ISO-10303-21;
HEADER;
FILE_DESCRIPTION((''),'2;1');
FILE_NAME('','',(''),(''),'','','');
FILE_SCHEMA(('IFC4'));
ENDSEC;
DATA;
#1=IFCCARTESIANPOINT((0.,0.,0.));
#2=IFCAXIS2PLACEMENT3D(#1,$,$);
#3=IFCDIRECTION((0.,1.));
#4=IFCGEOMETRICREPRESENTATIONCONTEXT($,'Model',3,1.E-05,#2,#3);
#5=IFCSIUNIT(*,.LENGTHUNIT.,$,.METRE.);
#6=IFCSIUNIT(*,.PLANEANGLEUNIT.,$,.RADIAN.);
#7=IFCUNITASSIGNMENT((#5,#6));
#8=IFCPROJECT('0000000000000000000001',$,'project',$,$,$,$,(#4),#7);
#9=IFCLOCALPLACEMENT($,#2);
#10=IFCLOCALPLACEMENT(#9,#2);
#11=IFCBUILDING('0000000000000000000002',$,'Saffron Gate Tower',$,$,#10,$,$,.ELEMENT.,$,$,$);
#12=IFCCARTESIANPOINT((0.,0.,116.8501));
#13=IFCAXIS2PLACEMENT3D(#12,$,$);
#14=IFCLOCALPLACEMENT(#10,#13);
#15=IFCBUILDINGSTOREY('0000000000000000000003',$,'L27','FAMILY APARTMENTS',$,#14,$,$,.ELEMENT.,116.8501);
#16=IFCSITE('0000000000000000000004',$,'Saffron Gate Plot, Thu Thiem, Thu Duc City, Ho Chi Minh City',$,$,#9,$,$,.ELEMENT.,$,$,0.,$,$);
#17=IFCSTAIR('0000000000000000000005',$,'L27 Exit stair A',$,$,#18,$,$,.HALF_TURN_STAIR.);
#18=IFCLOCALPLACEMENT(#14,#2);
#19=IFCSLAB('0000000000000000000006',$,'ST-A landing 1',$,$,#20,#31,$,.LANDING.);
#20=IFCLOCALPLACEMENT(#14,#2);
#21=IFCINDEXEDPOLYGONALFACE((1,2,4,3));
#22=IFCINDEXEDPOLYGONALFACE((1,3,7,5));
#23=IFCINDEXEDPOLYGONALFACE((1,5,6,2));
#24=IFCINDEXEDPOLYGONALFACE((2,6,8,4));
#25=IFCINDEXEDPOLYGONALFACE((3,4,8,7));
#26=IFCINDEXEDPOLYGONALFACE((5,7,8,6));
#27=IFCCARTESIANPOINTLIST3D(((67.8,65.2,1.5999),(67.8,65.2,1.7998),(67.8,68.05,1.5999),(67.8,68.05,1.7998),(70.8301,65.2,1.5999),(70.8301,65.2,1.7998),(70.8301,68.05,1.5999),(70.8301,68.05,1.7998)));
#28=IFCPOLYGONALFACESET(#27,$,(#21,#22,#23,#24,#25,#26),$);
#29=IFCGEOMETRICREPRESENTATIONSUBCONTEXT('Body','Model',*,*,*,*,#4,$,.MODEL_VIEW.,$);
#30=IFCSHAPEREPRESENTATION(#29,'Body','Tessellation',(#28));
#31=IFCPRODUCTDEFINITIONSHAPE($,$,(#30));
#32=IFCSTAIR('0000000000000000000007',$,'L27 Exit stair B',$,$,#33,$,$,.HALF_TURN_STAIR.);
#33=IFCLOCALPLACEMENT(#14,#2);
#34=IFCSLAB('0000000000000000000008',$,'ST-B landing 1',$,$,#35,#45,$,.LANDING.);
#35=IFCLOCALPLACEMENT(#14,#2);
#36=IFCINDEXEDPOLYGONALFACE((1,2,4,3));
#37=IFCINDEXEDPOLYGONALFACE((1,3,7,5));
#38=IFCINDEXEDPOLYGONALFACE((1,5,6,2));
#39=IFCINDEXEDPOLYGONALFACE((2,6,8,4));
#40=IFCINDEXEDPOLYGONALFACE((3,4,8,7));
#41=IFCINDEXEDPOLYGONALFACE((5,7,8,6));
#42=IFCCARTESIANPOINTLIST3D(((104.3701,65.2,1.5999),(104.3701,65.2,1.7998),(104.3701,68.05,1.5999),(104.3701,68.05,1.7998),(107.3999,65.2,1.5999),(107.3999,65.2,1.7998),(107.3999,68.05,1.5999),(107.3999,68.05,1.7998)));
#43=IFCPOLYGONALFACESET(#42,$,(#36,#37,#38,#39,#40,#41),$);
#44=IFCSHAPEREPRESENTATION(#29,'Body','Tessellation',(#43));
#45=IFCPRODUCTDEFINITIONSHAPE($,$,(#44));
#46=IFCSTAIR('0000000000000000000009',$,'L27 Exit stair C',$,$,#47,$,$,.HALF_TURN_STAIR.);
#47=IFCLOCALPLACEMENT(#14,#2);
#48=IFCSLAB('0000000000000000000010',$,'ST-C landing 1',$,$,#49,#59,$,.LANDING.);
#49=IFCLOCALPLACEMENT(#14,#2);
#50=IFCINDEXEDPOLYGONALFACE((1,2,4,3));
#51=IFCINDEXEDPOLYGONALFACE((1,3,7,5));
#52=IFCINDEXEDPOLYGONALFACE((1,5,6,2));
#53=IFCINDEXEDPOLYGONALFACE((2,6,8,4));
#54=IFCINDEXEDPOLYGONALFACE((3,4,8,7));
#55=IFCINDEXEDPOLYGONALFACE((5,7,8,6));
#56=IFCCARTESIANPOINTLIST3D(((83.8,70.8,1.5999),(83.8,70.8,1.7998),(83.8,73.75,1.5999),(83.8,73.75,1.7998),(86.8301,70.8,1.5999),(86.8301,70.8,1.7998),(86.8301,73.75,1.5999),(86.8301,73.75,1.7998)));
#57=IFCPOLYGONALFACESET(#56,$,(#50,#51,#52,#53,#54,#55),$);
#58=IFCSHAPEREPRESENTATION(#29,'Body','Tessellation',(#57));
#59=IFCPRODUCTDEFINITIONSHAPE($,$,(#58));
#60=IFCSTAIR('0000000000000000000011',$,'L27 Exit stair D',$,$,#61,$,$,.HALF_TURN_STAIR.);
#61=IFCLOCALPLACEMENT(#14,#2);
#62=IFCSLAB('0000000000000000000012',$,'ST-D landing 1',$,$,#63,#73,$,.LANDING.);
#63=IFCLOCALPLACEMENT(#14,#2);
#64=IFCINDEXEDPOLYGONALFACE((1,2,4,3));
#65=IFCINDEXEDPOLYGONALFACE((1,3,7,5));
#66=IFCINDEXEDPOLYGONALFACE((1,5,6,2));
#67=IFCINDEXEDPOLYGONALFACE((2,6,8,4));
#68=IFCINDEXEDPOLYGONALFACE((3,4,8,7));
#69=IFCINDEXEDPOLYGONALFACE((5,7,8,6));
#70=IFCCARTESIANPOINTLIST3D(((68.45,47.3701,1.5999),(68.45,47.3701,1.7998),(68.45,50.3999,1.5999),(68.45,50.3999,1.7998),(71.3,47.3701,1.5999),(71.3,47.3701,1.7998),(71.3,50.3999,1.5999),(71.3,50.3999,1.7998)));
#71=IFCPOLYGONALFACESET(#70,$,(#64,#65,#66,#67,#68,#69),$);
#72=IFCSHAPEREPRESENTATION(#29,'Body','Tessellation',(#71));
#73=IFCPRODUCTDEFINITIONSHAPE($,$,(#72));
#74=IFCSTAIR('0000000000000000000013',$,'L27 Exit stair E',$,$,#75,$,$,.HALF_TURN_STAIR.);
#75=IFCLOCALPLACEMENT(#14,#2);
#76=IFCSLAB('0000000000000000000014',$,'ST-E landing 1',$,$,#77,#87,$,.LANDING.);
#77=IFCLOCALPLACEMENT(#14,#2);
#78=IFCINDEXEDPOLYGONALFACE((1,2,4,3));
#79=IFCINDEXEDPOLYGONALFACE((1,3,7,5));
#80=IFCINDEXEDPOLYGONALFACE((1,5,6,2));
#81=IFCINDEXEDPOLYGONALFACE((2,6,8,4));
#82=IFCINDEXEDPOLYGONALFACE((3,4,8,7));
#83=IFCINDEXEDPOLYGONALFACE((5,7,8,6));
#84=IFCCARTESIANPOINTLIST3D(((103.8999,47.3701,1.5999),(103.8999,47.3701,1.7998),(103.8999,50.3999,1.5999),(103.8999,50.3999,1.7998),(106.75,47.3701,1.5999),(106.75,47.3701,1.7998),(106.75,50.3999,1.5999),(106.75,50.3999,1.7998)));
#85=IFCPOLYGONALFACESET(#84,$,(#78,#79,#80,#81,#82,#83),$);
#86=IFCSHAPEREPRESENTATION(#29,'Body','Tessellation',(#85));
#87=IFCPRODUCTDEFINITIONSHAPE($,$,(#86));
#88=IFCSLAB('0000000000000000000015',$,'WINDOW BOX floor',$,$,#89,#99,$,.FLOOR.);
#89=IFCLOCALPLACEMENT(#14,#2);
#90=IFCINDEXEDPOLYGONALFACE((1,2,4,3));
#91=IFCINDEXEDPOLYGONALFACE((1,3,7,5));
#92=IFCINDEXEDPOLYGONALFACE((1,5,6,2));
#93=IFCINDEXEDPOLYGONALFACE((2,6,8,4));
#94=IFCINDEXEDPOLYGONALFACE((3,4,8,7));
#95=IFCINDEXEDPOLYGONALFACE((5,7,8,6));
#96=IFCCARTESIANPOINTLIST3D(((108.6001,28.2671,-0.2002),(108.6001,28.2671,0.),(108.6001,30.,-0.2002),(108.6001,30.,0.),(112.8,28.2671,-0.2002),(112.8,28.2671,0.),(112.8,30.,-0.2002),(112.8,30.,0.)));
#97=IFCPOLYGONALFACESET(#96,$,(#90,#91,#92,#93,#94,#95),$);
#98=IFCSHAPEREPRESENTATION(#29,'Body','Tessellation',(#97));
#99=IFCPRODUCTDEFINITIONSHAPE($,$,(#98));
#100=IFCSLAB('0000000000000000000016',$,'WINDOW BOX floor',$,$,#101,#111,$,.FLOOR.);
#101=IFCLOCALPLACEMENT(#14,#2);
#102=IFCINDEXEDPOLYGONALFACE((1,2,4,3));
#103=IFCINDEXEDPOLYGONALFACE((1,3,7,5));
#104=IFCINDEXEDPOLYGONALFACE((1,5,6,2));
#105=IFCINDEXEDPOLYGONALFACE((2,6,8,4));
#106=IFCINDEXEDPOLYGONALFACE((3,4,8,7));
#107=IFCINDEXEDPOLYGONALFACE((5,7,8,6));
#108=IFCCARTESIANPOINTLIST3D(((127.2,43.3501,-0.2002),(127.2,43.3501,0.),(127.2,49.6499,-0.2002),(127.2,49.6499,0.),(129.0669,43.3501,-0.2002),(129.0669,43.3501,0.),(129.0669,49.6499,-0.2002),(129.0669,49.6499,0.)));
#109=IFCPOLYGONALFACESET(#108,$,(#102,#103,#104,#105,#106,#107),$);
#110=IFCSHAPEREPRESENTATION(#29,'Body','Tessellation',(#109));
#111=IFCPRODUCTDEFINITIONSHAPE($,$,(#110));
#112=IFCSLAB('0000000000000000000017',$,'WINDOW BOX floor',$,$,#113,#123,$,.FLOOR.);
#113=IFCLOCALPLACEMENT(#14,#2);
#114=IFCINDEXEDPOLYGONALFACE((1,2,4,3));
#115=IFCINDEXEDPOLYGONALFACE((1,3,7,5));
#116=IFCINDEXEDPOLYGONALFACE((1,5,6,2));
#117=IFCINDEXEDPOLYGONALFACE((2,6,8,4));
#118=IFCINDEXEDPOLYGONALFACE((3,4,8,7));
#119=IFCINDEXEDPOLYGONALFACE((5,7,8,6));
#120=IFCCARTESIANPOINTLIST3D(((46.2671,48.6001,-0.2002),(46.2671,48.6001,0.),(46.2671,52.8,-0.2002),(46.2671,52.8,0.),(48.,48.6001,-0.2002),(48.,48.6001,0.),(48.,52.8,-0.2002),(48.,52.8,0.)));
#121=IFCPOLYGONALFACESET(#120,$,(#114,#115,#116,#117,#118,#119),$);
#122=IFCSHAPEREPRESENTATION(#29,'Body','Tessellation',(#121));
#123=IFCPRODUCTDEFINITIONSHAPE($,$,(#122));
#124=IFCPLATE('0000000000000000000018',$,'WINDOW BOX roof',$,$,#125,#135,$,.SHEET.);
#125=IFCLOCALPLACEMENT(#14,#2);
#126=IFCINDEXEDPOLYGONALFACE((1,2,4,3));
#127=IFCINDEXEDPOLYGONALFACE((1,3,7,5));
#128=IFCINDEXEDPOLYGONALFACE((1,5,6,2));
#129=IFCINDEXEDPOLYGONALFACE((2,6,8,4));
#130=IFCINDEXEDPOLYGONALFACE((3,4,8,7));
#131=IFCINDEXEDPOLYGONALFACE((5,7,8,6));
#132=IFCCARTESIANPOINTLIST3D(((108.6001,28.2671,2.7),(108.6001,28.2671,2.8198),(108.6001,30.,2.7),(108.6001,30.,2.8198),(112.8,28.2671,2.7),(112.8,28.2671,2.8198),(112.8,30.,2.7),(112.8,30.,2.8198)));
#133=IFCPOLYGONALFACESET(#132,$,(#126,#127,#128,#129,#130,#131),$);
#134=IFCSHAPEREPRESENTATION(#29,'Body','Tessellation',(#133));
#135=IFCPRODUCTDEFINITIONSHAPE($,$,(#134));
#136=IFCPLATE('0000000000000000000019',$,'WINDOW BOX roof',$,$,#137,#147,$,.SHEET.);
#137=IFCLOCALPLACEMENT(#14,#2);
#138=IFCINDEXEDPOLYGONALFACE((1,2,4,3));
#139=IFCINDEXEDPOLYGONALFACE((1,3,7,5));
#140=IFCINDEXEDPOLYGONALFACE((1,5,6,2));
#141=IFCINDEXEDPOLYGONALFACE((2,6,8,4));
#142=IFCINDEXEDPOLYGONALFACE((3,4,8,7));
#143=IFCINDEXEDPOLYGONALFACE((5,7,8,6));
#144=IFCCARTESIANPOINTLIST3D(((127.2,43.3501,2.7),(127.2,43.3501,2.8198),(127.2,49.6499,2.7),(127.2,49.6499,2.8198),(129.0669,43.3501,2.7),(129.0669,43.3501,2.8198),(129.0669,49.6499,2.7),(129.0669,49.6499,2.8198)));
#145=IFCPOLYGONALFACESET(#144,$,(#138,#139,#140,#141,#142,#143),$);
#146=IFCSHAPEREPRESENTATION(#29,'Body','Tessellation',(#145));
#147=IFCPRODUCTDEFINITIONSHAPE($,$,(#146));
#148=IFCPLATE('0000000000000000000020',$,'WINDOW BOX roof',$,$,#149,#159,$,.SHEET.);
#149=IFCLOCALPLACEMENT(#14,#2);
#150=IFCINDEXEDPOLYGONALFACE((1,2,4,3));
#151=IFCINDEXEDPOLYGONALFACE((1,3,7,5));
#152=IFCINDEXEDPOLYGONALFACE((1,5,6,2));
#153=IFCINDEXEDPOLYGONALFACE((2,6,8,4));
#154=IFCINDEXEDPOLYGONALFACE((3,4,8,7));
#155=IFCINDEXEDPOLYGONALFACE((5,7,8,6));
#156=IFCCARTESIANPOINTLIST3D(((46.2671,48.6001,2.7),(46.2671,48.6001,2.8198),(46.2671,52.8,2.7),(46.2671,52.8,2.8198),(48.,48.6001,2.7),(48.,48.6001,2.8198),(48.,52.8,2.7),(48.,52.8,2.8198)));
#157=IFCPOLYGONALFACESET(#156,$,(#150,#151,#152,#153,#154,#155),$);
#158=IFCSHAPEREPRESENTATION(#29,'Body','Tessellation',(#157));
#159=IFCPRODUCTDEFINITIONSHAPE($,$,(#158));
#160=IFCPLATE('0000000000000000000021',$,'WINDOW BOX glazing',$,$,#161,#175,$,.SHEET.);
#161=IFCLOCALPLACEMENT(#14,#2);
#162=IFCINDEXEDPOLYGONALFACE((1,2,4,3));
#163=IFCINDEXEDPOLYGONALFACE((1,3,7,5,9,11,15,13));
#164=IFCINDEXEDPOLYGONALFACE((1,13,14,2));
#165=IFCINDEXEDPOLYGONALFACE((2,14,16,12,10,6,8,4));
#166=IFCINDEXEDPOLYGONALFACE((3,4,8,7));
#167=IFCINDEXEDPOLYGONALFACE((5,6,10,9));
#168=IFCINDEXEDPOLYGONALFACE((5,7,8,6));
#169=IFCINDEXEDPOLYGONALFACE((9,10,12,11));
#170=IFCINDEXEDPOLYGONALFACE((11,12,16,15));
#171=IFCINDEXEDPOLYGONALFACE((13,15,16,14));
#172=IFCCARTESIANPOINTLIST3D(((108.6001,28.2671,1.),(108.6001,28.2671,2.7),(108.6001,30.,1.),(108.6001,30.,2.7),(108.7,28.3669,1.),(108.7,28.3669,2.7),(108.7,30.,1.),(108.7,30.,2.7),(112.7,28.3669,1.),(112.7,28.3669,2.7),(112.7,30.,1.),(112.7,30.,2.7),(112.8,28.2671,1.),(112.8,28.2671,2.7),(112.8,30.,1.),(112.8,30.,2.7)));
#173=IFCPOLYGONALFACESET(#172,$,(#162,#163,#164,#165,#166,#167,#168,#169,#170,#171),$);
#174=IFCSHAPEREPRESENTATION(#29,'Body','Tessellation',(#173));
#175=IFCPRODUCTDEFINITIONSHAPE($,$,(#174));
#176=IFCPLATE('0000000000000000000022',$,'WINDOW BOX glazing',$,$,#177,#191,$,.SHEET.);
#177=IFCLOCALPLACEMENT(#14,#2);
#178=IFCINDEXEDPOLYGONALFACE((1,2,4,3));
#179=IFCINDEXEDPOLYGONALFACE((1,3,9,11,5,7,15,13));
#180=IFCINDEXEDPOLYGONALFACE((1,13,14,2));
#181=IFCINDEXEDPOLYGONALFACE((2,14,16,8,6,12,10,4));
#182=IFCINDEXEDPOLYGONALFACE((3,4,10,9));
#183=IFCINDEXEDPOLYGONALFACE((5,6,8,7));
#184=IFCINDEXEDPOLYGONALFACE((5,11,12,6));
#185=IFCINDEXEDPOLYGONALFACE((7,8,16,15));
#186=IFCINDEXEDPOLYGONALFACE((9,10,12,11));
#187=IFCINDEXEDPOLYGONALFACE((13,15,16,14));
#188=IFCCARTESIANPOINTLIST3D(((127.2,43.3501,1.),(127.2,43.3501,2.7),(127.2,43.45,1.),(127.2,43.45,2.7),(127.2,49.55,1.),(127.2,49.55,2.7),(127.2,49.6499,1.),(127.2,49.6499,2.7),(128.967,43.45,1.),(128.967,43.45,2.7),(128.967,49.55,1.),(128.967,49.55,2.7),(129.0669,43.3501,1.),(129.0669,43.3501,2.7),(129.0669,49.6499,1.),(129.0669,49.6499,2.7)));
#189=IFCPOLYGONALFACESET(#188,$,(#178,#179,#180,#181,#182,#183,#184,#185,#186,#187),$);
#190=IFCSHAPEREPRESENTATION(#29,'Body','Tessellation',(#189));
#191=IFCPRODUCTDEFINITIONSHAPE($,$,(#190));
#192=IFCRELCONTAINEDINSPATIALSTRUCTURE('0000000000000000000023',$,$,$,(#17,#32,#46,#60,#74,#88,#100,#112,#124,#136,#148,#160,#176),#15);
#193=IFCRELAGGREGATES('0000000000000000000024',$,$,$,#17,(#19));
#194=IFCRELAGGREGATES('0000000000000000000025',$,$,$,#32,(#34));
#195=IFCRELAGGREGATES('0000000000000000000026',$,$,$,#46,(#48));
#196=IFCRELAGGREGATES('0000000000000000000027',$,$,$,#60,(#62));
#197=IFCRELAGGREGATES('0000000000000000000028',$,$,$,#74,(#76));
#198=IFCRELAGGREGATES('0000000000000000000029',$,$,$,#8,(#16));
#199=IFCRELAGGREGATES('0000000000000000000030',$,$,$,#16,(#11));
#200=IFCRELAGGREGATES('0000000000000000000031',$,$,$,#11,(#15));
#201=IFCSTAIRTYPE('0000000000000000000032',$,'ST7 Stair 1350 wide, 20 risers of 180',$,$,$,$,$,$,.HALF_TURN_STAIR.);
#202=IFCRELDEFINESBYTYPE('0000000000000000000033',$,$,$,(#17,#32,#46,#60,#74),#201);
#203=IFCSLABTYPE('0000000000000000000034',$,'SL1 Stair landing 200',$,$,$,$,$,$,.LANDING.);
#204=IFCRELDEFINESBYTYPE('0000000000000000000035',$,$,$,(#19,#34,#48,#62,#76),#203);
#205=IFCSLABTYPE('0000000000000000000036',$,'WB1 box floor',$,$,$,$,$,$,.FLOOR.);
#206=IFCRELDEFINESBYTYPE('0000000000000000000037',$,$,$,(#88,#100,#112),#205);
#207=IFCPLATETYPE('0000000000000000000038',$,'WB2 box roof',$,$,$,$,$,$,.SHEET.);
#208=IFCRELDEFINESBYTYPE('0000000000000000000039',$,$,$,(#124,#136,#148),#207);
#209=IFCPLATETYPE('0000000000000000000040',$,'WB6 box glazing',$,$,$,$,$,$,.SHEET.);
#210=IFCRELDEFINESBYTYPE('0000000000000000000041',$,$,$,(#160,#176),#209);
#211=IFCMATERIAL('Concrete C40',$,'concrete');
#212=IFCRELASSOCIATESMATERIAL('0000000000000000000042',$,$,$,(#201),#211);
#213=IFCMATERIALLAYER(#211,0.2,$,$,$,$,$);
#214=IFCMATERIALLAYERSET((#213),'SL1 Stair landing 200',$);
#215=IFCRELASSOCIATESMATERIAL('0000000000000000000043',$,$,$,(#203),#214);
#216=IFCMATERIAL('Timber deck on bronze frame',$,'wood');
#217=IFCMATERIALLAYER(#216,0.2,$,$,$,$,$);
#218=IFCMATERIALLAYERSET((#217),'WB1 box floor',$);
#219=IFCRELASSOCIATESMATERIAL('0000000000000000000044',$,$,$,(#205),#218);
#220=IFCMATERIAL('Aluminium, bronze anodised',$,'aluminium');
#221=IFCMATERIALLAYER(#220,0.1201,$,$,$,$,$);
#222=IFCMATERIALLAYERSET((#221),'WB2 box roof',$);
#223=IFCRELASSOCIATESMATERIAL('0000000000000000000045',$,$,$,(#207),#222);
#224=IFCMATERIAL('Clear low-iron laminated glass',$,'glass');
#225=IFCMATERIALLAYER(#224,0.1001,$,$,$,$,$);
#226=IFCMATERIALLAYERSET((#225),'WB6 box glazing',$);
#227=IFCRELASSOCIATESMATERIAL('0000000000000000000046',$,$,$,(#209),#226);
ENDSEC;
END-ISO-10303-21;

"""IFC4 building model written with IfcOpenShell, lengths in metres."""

from ifc_helpers import new_model, si_unit, direction, frame, origin, place, context, subcontext, project, spatial, polyline, outline, extrude, material, layer, layer_set, type_object, element, aggregate, save


model = new_model("IFC4")

# Units and contexts
model_context = context("Model", 3, precision=1e-05, world=origin(), true_north=direction((0.0, 1.0)))
body_context = subcontext(model_context, "Body", "Model", "MODEL_VIEW")
ifc_project = project(units=[si_unit("LENGTHUNIT", "METRE"), si_unit("PLANEANGLEUNIT", "RADIAN")], contexts=[model_context])

# Site, building, storey
site_placement = place(None, origin())
site = spatial("IfcSite", under=ifc_project, at=site_placement, Name="Saffron Gate Plot, Thu Thiem, Thu Duc City, Ho Chi Minh City", CompositionType="ELEMENT", RefElevation=0.0)
building_placement = place(site_placement, origin())
building = spatial("IfcBuilding", under=site, at=building_placement, Name="Saffron Gate Tower", CompositionType="ELEMENT")
storey_placement = place(building_placement, frame((0.0, 0.0, 116.8501)))
storey = spatial("IfcBuildingStorey", under=building, at=storey_placement, Name="L27", Description="FAMILY APARTMENTS", CompositionType="ELEMENT", Elevation=116.8501)

# Shared definitions
ifc_material_1 = material(Name="Aluminium, bronze anodised", Category="aluminium")

# Shared definitions
ifc_material_2 = material(Name="Concrete C40", Category="concrete")

# Stairs, slabs
stair_type = type_object("IfcStairType", Name="ST7 Stair 1350 wide, 20 risers of 180", PredefinedType="HALF_TURN_STAIR", material=ifc_material_2)
stair_1_placement = place(storey_placement, origin())
stair_1 = element("IfcStair", 1, at=stair_1_placement, inside=storey, type_object=stair_type, Name="L27 Exit stair A", PredefinedType="HALF_TURN_STAIR")
ifc_layer_1 = layer(ifc_material_2, 0.2)
ifc_layer_set_1 = layer_set([ifc_layer_1], Name="SL1 Stair landing 200")
slab_type_1 = type_object("IfcSlabType", Name="SL1 Stair landing 200", PredefinedType="LANDING", material=ifc_layer_set_1)
slab_1_placement = place(storey_placement, frame((0.0, 0.0, 1.5999)))
slab_1 = element("IfcSlab", 2, at=slab_1_placement, type_object=slab_type_1, Name="ST-A landing 1", PredefinedType="LANDING", context=body_context, shape_type="SweptSolid", body=[
    extrude(outline(polyline([(70.8301, 68.05), (67.8, 68.05), (67.8, 65.2), (70.8301, 65.2), (70.8301, 68.05)])), origin(), (0.0, 0.0, 1.0), 0.2),
])
aggregate(stair_1, [slab_1])
stair_2_placement = place(storey_placement, origin())
stair_2 = element("IfcStair", 3, at=stair_2_placement, inside=storey, type_object=stair_type, Name="L27 Exit stair B", PredefinedType="HALF_TURN_STAIR")
slab_2_placement = place(storey_placement, frame((0.0, 0.0, 1.5999)))
slab_2 = element("IfcSlab", 4, at=slab_2_placement, type_object=slab_type_1, Name="ST-B landing 1", PredefinedType="LANDING", context=body_context, shape_type="SweptSolid", body=[
    extrude(outline(polyline([(104.3701, 65.2), (107.3999, 65.2), (107.3999, 68.05), (104.3701, 68.05), (104.3701, 65.2)])), origin(), (0.0, 0.0, 1.0), 0.2),
])
aggregate(stair_2, [slab_2])
stair_3_placement = place(storey_placement, origin())
stair_3 = element("IfcStair", 5, at=stair_3_placement, inside=storey, type_object=stair_type, Name="L27 Exit stair C", PredefinedType="HALF_TURN_STAIR")
slab_3_placement = place(storey_placement, frame((0.0, 0.0, 1.5999)))
slab_3 = element("IfcSlab", 6, at=slab_3_placement, type_object=slab_type_1, Name="ST-C landing 1", PredefinedType="LANDING", context=body_context, shape_type="SweptSolid", body=[
    extrude(outline(polyline([(86.8301, 73.75), (83.8, 73.75), (83.8, 70.8), (86.8301, 70.8), (86.8301, 73.75)])), origin(), (0.0, 0.0, 1.0), 0.2),
])
aggregate(stair_3, [slab_3])
stair_4_placement = place(storey_placement, origin())
stair_4 = element("IfcStair", 7, at=stair_4_placement, inside=storey, type_object=stair_type, Name="L27 Exit stair D", PredefinedType="HALF_TURN_STAIR")
slab_4_placement = place(storey_placement, frame((0.0, 0.0, 1.5999)))
slab_4 = element("IfcSlab", 8, at=slab_4_placement, type_object=slab_type_1, Name="ST-D landing 1", PredefinedType="LANDING", context=body_context, shape_type="SweptSolid", body=[
    extrude(outline(polyline([(71.3, 47.3701), (71.3, 50.3999), (68.45, 50.3999), (68.45, 47.3701), (71.3, 47.3701)])), origin(), (0.0, 0.0, 1.0), 0.2),
])
aggregate(stair_4, [slab_4])
stair_5_placement = place(storey_placement, origin())
stair_5 = element("IfcStair", 9, at=stair_5_placement, inside=storey, type_object=stair_type, Name="L27 Exit stair E", PredefinedType="HALF_TURN_STAIR")
slab_5_placement = place(storey_placement, frame((0.0, 0.0, 1.5999)))
slab_5 = element("IfcSlab", 10, at=slab_5_placement, type_object=slab_type_1, Name="ST-E landing 1", PredefinedType="LANDING", context=body_context, shape_type="SweptSolid", body=[
    extrude(outline(polyline([(106.75, 47.3701), (106.75, 50.3999), (103.8999, 50.3999), (103.8999, 47.3701), (106.75, 47.3701)])), origin(), (0.0, 0.0, 1.0), 0.2),
])
aggregate(stair_5, [slab_5])

# Slabs
ifc_material_3 = material(Name="Timber deck on bronze frame", Category="wood")
ifc_layer_2 = layer(ifc_material_3, 0.2)
ifc_layer_set_2 = layer_set([ifc_layer_2], Name="WB1 box floor")
slab_type_2 = type_object("IfcSlabType", Name="WB1 box floor", PredefinedType="FLOOR", material=ifc_layer_set_2)
slab_6_placement = place(storey_placement, frame((0.0, 0.0, -0.2002)))
element("IfcSlab", 11, at=slab_6_placement, inside=storey, type_object=slab_type_2, Name="WINDOW BOX floor", PredefinedType="FLOOR", context=body_context, shape_type="SweptSolid", body=[
    extrude(outline(polyline([(108.6001, 30.0), (112.8, 30.0), (112.8, 28.2671), (108.6001, 28.2671), (108.6001, 30.0)])), origin(), (0.0, 0.0, 1.0), 0.2002),
])
slab_7_placement = place(storey_placement, frame((0.0, 0.0, -0.2002)))
element("IfcSlab", 12, at=slab_7_placement, inside=storey, type_object=slab_type_2, Name="WINDOW BOX floor", PredefinedType="FLOOR", context=body_context, shape_type="SweptSolid", body=[
    extrude(outline(polyline([(127.2, 43.3501), (127.2, 49.6499), (129.0669, 49.6499), (129.0669, 43.3501), (127.2, 43.3501)])), origin(), (0.0, 0.0, 1.0), 0.2002),
])
slab_8_placement = place(storey_placement, frame((0.0, 0.0, -0.2002)))
element("IfcSlab", 13, at=slab_8_placement, inside=storey, type_object=slab_type_2, Name="WINDOW BOX floor", PredefinedType="FLOOR", context=body_context, shape_type="SweptSolid", body=[
    extrude(outline(polyline([(48.0, 52.8), (48.0, 48.6001), (46.2671, 48.6001), (46.2671, 52.8), (48.0, 52.8)])), origin(), (0.0, 0.0, 1.0), 0.2002),
])

# Plates
ifc_layer_3 = layer(ifc_material_1, 0.1201)
ifc_layer_set_3 = layer_set([ifc_layer_3], Name="WB2 box roof")
plate_type_1 = type_object("IfcPlateType", Name="WB2 box roof", PredefinedType="SHEET", material=ifc_layer_set_3)
plate_1_placement = place(storey_placement, frame((0.0, 0.0, 2.7)))
element("IfcPlate", 14, at=plate_1_placement, inside=storey, type_object=plate_type_1, Name="WINDOW BOX roof", PredefinedType="SHEET", context=body_context, shape_type="SweptSolid", body=[
    extrude(outline(polyline([(108.6001, 30.0), (112.8, 30.0), (112.8, 28.2671), (108.6001, 28.2671), (108.6001, 30.0)])), origin(), (0.0, 0.0, 1.0), 0.1199),
])
plate_2_placement = place(storey_placement, frame((0.0, 0.0, 2.7)))
element("IfcPlate", 15, at=plate_2_placement, inside=storey, type_object=plate_type_1, Name="WINDOW BOX roof", PredefinedType="SHEET", context=body_context, shape_type="SweptSolid", body=[
    extrude(outline(polyline([(127.2, 43.3501), (127.2, 49.6499), (129.0669, 49.6499), (129.0669, 43.3501), (127.2, 43.3501)])), origin(), (0.0, 0.0, 1.0), 0.1199),
])
plate_3_placement = place(storey_placement, frame((0.0, 0.0, 2.7)))
element("IfcPlate", 16, at=plate_3_placement, inside=storey, type_object=plate_type_1, Name="WINDOW BOX roof", PredefinedType="SHEET", context=body_context, shape_type="SweptSolid", body=[
    extrude(outline(polyline([(48.0, 52.8), (48.0, 48.6001), (46.2671, 48.6001), (46.2671, 52.8), (48.0, 52.8)])), origin(), (0.0, 0.0, 1.0), 0.1199),
])
ifc_material_4 = material(Name="Clear low-iron laminated glass", Category="glass")
ifc_layer_4 = layer(ifc_material_4, 0.1001)
ifc_layer_set_4 = layer_set([ifc_layer_4], Name="WB6 box glazing")
plate_type_2 = type_object("IfcPlateType", Name="WB6 box glazing", PredefinedType="SHEET", material=ifc_layer_set_4)
plate_4_placement = place(storey_placement, frame((0.0, 0.0, 1.0)))
element("IfcPlate", 17, at=plate_4_placement, inside=storey, type_object=plate_type_2, Name="WINDOW BOX glazing", PredefinedType="SHEET", context=body_context, shape_type="SweptSolid", body=[
    extrude(outline(polyline([(108.6001, 30.0), (108.7, 30.0), (108.7, 28.3669), (112.7, 28.3669), (112.7, 30.0), (112.8, 30.0), (112.8, 28.2671), (108.6001, 28.2671), (108.6001, 30.0)])), origin(), (0.0, 0.0, 1.0), 1.7),
])
plate_5_placement = place(storey_placement, frame((0.0, 0.0, 1.0)))
element("IfcPlate", 18, at=plate_5_placement, inside=storey, type_object=plate_type_2, Name="WINDOW BOX glazing", PredefinedType="SHEET", context=body_context, shape_type="SweptSolid", body=[
    extrude(outline(polyline([(127.2, 43.3501), (127.2, 43.45), (128.967, 43.45), (128.967, 49.55), (127.2, 49.55), (127.2, 49.6499), (129.0669, 49.6499), (129.0669, 43.3501), (127.2, 43.3501)])), origin(), (0.0, 0.0, 1.0), 1.7),
])

save(model, "model.ifc")
